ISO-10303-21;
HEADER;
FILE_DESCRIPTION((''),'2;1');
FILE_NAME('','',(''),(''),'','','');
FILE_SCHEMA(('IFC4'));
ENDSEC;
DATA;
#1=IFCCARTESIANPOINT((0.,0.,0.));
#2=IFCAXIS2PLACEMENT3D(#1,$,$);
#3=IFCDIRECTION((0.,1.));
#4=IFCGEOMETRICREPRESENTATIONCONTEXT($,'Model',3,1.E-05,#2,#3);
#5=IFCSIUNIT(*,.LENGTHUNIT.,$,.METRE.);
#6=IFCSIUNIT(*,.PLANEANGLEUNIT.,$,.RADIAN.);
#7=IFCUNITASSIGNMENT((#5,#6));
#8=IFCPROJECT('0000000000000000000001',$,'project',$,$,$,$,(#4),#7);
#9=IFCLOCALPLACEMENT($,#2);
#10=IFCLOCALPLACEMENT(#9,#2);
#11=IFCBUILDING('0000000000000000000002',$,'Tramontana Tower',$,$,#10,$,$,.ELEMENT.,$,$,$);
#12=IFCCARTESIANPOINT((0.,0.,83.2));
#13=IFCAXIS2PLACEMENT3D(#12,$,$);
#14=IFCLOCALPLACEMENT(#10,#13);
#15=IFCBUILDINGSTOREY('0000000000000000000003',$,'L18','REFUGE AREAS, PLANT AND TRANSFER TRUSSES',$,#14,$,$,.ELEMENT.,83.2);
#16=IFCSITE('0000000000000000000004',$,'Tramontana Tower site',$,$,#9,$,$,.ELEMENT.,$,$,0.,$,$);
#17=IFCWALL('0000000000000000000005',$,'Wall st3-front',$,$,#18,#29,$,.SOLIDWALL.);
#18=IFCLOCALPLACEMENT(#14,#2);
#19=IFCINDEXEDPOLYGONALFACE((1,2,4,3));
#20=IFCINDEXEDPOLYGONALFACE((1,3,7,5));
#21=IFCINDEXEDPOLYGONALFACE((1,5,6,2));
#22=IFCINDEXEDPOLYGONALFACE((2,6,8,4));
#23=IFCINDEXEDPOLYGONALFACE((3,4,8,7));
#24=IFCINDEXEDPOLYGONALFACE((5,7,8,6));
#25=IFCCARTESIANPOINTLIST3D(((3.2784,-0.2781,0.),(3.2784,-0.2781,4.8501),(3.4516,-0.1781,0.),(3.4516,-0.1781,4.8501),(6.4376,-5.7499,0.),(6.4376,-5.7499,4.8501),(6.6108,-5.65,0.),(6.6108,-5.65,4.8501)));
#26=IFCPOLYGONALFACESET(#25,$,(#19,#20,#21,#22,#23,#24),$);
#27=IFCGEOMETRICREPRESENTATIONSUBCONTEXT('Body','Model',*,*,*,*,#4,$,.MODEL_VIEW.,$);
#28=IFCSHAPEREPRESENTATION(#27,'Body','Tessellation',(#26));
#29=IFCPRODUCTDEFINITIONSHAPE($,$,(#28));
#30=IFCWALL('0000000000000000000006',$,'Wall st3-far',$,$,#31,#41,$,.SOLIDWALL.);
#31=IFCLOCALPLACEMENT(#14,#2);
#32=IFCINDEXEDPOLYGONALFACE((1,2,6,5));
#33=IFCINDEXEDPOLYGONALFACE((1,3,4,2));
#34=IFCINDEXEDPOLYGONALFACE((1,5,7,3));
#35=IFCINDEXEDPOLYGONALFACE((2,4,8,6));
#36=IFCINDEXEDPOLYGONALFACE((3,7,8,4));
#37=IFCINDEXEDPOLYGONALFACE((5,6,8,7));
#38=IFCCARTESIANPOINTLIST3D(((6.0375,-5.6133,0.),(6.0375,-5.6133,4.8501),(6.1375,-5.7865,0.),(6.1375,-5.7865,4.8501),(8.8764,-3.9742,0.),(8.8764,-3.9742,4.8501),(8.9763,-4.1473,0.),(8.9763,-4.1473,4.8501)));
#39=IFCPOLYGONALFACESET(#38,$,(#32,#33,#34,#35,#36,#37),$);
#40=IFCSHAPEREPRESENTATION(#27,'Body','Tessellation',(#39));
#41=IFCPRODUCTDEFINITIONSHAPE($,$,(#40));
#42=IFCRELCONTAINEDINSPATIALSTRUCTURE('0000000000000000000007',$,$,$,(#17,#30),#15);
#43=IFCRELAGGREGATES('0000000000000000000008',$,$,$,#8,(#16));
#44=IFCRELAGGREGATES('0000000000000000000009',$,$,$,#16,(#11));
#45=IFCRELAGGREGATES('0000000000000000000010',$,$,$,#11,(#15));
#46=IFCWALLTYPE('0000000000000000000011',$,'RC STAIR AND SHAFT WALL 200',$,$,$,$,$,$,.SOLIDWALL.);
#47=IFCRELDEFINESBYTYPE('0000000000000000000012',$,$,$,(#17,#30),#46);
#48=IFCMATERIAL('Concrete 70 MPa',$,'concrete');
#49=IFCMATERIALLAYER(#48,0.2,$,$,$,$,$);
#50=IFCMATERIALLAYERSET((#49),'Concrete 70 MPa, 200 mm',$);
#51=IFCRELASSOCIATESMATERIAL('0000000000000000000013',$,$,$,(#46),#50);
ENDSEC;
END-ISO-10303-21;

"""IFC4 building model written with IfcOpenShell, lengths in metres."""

from ifc_helpers import new_model, si_unit, direction, frame, frame_2d, origin, place, context, subcontext, project, spatial, rectangle, extrude, material, layer, layer_set, type_object, element, save


model = new_model("IFC4")

# Units and contexts
model_context = context("Model", 3, precision=1e-05, world=origin(), true_north=direction((0.0, 1.0)))
body_context = subcontext(model_context, "Body", "Model", "MODEL_VIEW")
ifc_project = project(units=[si_unit("LENGTHUNIT", "METRE"), si_unit("PLANEANGLEUNIT", "RADIAN")], contexts=[model_context])

# Site, building, storey
site_placement = place(None, origin())
site = spatial("IfcSite", under=ifc_project, at=site_placement, Name="Tramontana Tower site", CompositionType="ELEMENT", RefElevation=0.0)
building_placement = place(site_placement, origin())
building = spatial("IfcBuilding", under=site, at=building_placement, Name="Tramontana Tower", CompositionType="ELEMENT")
storey_placement = place(building_placement, frame((0.0, 0.0, 83.2)))
storey = spatial("IfcBuildingStorey", under=building, at=storey_placement, Name="L18", Description="REFUGE AREAS, PLANT AND TRANSFER TRUSSES", CompositionType="ELEMENT", Elevation=83.2)

# Walls
ifc_material_1 = material(Name="Concrete 70 MPa", Category="concrete")
ifc_layer_1 = layer(ifc_material_1, 0.2)
ifc_layer_set_1 = layer_set([ifc_layer_1], Name="Concrete 70 MPa, 200 mm")
wall_type_1 = type_object("IfcWallType", Name="RC STAIR AND SHAFT WALL 200", PredefinedType="SOLIDWALL", material=ifc_layer_set_1)
wall_1_placement = place(storey_placement, frame((6.5242, -5.7, 0.0), z_axis=(0.0, 0.0, 1.0), x_axis=(-0.499996, 0.866028, 0.0)))
element("IfcWall", 1, at=wall_1_placement, inside=storey, type_object=wall_type_1, Name="Wall st3-front", PredefinedType="SOLIDWALL", context=body_context, shape_type="SweptSolid", body=[
    extrude(rectangle(XDim=6.3184, YDim=0.2, at=frame_2d((3.1592, 0.0))), origin(), (0.0, 0.0, 1.0), 4.8501),
])
wall_2_placement = place(storey_placement, frame((6.0874, -5.7, 0.0), z_axis=(0.0, 0.0, 1.0), x_axis=(0.866007, 0.500032, 0.0)))
element("IfcWall", 2, at=wall_2_placement, inside=storey, type_object=wall_type_1, Name="Wall st3-far", PredefinedType="SOLIDWALL", context=body_context, shape_type="SweptSolid", body=[
    extrude(rectangle(XDim=3.2781, YDim=0.2, at=frame_2d((1.6392, 0.0))), origin(), (0.0, 0.0, 1.0), 4.8501),
])

save(model, "model.ifc")
